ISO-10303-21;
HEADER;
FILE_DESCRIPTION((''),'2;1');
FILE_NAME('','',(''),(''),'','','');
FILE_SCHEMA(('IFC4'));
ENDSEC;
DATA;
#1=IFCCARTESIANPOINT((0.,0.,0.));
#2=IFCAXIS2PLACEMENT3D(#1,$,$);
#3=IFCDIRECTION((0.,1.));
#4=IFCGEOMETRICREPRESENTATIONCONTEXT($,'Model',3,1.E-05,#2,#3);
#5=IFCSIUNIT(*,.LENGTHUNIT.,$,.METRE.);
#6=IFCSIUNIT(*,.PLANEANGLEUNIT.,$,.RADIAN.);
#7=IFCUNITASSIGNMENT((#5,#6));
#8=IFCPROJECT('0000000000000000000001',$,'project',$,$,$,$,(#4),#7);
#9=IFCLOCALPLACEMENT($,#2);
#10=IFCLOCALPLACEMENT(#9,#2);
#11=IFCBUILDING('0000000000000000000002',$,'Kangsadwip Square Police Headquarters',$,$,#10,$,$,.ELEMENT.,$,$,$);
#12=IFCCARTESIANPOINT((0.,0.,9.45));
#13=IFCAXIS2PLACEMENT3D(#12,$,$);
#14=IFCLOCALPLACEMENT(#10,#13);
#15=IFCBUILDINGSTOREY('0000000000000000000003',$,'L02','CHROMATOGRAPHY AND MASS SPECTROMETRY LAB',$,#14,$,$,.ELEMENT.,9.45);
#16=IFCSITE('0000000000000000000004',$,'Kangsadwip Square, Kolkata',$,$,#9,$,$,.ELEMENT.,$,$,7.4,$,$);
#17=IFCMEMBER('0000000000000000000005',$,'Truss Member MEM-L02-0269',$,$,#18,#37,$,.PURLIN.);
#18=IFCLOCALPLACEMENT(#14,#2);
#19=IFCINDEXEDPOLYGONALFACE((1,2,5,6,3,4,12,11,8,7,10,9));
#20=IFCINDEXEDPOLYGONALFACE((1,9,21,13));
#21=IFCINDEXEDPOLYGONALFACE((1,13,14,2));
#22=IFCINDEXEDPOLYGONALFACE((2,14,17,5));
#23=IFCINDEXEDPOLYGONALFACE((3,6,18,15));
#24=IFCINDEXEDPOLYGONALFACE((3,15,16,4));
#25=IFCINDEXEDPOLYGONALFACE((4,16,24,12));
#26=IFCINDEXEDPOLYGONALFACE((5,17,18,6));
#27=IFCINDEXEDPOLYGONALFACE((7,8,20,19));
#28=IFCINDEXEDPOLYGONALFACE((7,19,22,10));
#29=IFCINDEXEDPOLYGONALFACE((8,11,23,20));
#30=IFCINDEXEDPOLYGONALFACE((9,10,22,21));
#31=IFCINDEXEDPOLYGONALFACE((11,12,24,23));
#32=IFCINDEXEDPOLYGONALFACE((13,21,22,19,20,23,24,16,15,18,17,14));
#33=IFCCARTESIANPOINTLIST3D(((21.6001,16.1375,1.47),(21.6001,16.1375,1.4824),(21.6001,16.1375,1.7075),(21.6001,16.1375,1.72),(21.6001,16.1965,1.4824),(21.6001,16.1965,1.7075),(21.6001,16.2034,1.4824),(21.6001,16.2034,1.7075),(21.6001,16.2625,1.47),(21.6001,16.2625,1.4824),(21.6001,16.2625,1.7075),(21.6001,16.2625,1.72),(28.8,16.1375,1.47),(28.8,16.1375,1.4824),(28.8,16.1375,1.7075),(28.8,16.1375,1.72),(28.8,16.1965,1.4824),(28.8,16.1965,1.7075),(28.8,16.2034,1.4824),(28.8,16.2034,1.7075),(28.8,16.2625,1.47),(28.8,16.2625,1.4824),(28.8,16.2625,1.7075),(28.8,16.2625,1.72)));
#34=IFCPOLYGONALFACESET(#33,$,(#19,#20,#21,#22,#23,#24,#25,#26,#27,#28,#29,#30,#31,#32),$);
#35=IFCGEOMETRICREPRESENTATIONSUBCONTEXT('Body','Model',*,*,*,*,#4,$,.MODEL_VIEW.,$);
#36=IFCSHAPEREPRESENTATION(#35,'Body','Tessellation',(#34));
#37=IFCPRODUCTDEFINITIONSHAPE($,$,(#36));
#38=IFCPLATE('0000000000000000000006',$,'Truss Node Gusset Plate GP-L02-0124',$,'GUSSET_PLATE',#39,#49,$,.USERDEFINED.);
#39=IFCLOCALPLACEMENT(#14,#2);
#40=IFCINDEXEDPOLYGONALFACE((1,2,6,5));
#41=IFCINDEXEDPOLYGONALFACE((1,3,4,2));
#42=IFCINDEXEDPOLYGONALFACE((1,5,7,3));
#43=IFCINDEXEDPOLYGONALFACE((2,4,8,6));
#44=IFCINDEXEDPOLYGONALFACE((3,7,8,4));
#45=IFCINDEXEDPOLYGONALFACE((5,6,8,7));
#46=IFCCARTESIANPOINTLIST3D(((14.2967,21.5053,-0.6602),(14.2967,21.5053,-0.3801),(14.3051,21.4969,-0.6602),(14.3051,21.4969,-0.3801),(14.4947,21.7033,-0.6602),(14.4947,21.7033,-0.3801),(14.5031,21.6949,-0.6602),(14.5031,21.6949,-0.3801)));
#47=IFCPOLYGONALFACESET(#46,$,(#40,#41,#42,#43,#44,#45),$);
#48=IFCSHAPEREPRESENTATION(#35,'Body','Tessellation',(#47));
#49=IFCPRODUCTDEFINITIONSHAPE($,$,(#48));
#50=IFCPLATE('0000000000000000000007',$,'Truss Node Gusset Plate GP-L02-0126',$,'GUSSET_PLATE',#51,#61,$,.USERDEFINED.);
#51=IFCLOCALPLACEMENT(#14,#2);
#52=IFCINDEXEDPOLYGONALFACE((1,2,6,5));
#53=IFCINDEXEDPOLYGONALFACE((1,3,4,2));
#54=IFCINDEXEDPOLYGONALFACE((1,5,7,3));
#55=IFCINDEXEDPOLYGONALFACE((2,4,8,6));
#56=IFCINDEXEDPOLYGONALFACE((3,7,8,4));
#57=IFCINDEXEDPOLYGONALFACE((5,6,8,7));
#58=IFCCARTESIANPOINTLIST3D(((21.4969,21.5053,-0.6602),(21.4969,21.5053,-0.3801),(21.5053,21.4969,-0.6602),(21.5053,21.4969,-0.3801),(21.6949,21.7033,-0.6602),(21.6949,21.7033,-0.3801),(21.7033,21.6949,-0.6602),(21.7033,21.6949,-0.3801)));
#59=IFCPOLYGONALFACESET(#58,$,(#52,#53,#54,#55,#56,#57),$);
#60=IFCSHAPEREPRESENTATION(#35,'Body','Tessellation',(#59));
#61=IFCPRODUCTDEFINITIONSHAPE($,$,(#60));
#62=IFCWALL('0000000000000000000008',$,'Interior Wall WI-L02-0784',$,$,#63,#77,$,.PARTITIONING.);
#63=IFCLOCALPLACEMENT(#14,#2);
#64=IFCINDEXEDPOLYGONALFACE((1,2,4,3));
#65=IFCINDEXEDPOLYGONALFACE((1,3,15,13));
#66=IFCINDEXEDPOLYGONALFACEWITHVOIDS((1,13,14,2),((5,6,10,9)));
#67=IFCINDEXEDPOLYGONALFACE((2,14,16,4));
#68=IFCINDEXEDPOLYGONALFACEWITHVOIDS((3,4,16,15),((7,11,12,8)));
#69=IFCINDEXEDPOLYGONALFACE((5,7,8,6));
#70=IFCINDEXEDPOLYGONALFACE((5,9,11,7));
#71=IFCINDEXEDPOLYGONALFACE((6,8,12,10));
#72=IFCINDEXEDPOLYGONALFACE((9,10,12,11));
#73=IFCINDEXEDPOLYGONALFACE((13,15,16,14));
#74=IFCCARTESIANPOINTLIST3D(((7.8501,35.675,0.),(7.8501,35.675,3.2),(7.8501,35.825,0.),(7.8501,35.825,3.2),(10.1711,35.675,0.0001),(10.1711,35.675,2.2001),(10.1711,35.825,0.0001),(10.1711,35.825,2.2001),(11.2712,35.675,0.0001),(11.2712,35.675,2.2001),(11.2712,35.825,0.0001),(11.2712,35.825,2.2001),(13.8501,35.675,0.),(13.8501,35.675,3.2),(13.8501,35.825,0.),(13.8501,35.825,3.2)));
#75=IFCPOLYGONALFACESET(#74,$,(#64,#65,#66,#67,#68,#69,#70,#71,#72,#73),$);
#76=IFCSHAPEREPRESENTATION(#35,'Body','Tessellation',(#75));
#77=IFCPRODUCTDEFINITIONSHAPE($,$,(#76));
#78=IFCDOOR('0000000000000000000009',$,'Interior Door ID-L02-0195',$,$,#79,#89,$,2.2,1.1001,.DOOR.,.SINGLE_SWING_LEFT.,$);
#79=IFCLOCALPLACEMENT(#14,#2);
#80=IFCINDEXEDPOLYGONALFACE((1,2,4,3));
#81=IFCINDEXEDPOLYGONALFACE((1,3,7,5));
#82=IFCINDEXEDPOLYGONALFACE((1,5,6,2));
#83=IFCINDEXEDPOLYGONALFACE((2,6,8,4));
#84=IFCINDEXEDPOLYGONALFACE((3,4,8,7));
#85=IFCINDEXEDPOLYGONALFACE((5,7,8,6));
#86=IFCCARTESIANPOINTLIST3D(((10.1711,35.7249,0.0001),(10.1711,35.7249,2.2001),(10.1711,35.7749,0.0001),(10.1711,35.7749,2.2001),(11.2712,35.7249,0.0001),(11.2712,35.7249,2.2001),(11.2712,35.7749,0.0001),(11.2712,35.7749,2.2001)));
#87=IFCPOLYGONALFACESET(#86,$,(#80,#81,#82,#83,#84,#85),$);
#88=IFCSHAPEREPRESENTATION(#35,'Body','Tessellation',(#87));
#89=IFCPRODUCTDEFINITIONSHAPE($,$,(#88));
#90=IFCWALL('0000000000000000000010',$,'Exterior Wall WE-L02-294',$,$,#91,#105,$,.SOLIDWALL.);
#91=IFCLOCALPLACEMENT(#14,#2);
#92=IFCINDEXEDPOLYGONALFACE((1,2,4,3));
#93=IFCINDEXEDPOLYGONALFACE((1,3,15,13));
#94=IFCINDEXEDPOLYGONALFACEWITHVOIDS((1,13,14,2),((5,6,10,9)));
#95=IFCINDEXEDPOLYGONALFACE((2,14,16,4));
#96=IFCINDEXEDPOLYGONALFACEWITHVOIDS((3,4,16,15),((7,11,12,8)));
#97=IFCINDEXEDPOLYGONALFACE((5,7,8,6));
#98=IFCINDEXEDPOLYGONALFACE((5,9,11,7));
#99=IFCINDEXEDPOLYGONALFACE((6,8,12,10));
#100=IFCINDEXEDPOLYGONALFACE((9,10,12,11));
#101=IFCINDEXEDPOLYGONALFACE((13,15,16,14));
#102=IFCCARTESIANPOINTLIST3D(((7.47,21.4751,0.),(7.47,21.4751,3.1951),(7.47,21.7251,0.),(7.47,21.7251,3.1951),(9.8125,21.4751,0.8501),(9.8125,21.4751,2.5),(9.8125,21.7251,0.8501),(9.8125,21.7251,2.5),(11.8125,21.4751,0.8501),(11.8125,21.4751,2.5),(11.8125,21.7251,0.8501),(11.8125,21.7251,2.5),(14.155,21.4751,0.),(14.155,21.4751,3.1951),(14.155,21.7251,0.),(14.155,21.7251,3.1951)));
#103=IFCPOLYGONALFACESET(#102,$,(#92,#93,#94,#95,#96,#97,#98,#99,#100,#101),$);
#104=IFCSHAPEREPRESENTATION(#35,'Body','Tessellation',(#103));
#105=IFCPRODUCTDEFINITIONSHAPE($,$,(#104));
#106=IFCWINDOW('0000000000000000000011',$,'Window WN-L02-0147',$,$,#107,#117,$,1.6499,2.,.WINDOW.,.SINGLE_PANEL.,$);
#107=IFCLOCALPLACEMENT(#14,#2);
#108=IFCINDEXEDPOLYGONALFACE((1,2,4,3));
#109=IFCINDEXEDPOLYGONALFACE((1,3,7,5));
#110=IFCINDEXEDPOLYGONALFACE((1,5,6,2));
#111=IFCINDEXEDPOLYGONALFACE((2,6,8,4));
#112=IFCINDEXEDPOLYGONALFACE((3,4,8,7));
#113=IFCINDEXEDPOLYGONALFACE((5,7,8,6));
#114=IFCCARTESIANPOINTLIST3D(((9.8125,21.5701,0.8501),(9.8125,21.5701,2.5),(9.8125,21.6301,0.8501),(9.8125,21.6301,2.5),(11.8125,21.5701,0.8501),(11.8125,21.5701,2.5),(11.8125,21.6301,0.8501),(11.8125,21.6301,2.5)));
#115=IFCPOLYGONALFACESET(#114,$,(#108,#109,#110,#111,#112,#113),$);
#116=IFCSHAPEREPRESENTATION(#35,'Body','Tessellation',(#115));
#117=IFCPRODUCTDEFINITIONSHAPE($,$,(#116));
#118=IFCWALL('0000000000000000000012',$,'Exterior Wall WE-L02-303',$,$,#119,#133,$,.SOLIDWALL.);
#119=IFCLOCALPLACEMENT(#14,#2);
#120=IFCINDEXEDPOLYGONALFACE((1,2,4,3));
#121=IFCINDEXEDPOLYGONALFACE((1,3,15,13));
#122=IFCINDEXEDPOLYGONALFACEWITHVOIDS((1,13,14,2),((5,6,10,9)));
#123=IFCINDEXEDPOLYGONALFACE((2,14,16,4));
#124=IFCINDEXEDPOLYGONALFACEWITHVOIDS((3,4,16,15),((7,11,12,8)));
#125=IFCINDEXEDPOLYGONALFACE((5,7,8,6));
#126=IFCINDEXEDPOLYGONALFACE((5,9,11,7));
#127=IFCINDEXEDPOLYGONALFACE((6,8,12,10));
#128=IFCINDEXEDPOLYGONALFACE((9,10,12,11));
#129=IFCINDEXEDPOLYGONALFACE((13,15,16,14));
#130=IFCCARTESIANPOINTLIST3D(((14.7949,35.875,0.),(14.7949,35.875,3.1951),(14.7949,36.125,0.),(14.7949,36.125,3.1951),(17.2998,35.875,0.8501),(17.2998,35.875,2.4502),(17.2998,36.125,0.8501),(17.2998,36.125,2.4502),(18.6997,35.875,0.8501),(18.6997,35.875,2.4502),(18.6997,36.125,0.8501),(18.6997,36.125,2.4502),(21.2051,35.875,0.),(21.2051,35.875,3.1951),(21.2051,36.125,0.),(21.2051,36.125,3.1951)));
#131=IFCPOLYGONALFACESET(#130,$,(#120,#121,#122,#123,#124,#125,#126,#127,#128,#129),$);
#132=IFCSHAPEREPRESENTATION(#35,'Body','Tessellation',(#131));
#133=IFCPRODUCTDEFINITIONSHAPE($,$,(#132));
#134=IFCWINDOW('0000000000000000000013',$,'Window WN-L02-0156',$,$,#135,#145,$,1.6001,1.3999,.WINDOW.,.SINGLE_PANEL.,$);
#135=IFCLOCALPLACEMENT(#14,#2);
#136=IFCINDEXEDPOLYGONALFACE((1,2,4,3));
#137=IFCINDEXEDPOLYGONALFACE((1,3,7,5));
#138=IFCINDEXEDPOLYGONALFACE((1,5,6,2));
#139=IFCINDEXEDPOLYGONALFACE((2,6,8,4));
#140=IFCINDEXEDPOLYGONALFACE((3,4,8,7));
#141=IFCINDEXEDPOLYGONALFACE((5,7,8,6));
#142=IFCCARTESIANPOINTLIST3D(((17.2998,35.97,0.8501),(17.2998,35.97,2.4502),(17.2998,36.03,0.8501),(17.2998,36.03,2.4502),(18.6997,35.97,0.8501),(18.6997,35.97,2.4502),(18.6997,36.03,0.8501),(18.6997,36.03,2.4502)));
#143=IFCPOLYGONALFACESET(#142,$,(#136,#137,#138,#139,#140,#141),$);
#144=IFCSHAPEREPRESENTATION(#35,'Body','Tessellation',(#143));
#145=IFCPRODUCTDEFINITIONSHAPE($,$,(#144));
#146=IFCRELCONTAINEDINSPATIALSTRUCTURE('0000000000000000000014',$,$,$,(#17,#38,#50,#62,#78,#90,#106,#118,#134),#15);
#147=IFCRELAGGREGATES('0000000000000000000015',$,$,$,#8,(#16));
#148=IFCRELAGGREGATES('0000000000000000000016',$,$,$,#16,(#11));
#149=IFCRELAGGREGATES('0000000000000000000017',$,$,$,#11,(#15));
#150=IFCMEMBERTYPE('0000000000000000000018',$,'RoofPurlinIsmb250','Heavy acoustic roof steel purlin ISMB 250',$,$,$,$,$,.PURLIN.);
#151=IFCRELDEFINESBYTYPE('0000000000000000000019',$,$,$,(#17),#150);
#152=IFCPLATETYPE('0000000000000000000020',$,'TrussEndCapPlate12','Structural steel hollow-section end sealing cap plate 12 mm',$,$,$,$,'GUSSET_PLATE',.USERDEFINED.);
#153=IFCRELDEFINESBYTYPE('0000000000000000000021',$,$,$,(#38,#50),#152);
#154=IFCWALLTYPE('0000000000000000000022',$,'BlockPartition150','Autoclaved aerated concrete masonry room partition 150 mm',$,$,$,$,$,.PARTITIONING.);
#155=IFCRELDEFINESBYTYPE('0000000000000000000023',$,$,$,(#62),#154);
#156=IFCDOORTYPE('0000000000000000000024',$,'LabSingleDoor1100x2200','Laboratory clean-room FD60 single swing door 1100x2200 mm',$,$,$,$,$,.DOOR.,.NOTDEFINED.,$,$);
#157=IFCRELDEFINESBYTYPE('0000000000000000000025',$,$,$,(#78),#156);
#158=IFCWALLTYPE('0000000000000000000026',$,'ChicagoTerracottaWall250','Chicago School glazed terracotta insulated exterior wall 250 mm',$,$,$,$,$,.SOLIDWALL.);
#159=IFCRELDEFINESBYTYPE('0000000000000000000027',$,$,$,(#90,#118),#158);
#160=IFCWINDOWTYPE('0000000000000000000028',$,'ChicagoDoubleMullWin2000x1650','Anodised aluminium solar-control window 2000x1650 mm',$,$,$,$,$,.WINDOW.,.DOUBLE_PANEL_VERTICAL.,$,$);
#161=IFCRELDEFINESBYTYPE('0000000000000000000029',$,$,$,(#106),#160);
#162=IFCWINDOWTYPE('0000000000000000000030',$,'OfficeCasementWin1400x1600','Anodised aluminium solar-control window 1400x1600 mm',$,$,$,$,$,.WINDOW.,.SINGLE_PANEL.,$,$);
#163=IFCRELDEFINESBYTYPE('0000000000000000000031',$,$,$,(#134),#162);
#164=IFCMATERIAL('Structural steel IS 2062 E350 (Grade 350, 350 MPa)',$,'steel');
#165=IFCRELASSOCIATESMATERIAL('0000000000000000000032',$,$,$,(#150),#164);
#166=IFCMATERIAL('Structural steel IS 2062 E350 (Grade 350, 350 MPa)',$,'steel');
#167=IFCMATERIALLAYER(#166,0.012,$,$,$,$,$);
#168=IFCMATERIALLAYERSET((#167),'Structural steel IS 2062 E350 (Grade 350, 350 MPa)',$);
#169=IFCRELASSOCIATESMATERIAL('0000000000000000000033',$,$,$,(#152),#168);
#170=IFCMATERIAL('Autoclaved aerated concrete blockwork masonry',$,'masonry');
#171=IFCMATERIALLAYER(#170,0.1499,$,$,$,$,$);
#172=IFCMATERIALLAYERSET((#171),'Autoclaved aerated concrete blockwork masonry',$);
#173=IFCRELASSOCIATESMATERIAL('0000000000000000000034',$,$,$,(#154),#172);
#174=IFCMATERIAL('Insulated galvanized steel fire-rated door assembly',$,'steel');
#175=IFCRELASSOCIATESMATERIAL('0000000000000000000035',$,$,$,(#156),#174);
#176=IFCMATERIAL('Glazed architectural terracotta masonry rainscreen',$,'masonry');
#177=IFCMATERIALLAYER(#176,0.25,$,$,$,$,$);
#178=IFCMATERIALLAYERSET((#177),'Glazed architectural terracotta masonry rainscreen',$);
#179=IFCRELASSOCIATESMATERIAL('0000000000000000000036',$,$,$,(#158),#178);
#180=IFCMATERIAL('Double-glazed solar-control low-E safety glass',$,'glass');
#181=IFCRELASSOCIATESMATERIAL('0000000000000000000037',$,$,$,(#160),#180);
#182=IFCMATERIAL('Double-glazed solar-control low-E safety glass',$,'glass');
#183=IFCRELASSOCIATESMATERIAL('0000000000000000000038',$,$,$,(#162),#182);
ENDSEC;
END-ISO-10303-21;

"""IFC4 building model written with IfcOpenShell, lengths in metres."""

from ifc_helpers import new_model, si_unit, direction, frame, frame_2d, origin, origin_2d, place, context, subcontext, project, spatial, rectangle, i_section, extrude, material, layer, layer_set, material_profile, profile_set, type_object, element, fill, save


model = new_model("IFC4")

# Units and contexts
model_context = context("Model", 3, precision=1e-05, world=origin(), true_north=direction((0.0, 1.0)))
body_context = subcontext(model_context, "Body", "Model", "MODEL_VIEW")
ifc_project = project(units=[si_unit("LENGTHUNIT", "METRE"), si_unit("PLANEANGLEUNIT", "RADIAN")], contexts=[model_context])

# Site, building, storey
site_placement = place(None, origin())
site = spatial("IfcSite", under=ifc_project, at=site_placement, Name="Kangsadwip Square, Kolkata", CompositionType="ELEMENT", RefElevation=7.4)
building_placement = place(site_placement, origin())
building = spatial("IfcBuilding", under=site, at=building_placement, Name="Kangsadwip Square Police Headquarters", CompositionType="ELEMENT")
storey_placement = place(building_placement, frame((0.0, 0.0, 9.45)))
storey = spatial("IfcBuildingStorey", under=building, at=storey_placement, Name="L02", Description="CHROMATOGRAPHY AND MASS SPECTROMETRY LAB", CompositionType="ELEMENT", Elevation=9.45)

# Member
ifc_material_1 = material(Name="Structural steel IS 2062 E350 (Grade 350, 350 MPa)", Category="steel")
ifc_material_profile_1 = material_profile(ifc_material_1, i_section(OverallWidth=0.125, OverallDepth=0.25, WebThickness=0.0068, FlangeThickness=0.0125, at=origin_2d()), Name="ISMB 250")
ifc_profile_set_1 = profile_set([ifc_material_profile_1], Name="Structural steel IS 2062 E350 (Grade 350, 350 MPa)")
member_type = type_object("IfcMemberType", Name="RoofPurlinIsmb250", Description="Heavy acoustic roof steel purlin ISMB 250", PredefinedType="PURLIN", material=ifc_profile_set_1)
member_1_placement = place(storey_placement, frame((21.6001, 16.2, 1.595), z_axis=(1.0, 0.0, 0.0), x_axis=(0.0, 1.0, 0.0)))
element("IfcMember", 1, at=member_1_placement, inside=storey, type_object=member_type, Name="Truss Member MEM-L02-0269", PredefinedType="PURLIN", context=body_context, shape_type="SweptSolid", body=[
    extrude(i_section(OverallWidth=0.125, OverallDepth=0.25, WebThickness=0.0068, FlangeThickness=0.0125, at=origin_2d()), origin(), (0.0, 0.0, 1.0), 7.2),
])

# Plates
ifc_material_2 = material(Name="Structural steel IS 2062 E350 (Grade 350, 350 MPa)", Category="steel")
ifc_layer_1 = layer(ifc_material_2, 0.012)
ifc_layer_set_1 = layer_set([ifc_layer_1], Name="Structural steel IS 2062 E350 (Grade 350, 350 MPa)")
plate_type = type_object("IfcPlateType", Name="TrussEndCapPlate12", Description="Structural steel hollow-section end sealing cap plate 12 mm", ElementType="GUSSET_PLATE", PredefinedType="USERDEFINED", material=ifc_layer_set_1)
for number, where, z_axis, x_axis, name in (
    (2, (14.3999, 21.6001, -0.6602), (0.0, 0.0, 1.0), (0.707107, 0.707107, 0.0), "Truss Node Gusset Plate GP-L02-0124"),
    (3, (21.6001, 21.6001, -0.6602), (0.0, 0.0, 1.0), (0.707107, 0.707107, 0.0), "Truss Node Gusset Plate GP-L02-0126"),
):
    element("IfcPlate", number, at=place(storey_placement, frame(where, z_axis=z_axis, x_axis=x_axis)), inside=storey, type_object=plate_type, Name=name, ObjectType="GUSSET_PLATE", PredefinedType="USERDEFINED", context=body_context, shape_type="SweptSolid", body=[
        extrude(rectangle(XDim=0.28, YDim=0.012, at=origin_2d()), origin(), (0.0, 0.0, 1.0), 0.28),
    ])

# Wall, opening, door
ifc_material_3 = material(Name="Autoclaved aerated concrete blockwork masonry", Category="masonry")
ifc_layer_2 = layer(ifc_material_3, 0.1499)
ifc_layer_set_2 = layer_set([ifc_layer_2], Name="Autoclaved aerated concrete blockwork masonry")
wall_type_1 = type_object("IfcWallType", Name="BlockPartition150", Description="Autoclaved aerated concrete masonry room partition 150 mm", PredefinedType="PARTITIONING", material=ifc_layer_set_2)
wall_1_placement = place(storey_placement, frame((7.8501, 35.75, 0.0), z_axis=(0.0, 0.0, 1.0), x_axis=(1.0, 0.0, 0.0)))
wall_1 = element("IfcWall", 4, at=wall_1_placement, inside=storey, type_object=wall_type_1, Name="Interior Wall WI-L02-0784", PredefinedType="PARTITIONING", context=body_context, shape_type="SweptSolid", body=[
    extrude(rectangle(XDim=6.0, YDim=0.1499, at=frame_2d((3.0, 0.0))), origin(), (0.0, 0.0, 1.0), 3.2),
])
opening_1_placement = place(wall_1_placement, frame((2.321, 0.0, 0.0)))
opening_1 = element("IfcOpeningElement", 5, at=opening_1_placement, cuts=wall_1, PredefinedType="OPENING", context=body_context, shape_type="SweptSolid", body=[
    extrude(rectangle(XDim=1.1001, YDim=2.2, at=frame_2d((0.55, 1.1001))), frame((0.0, 0.085, 0.0), z_axis=(0.0, -1.0, 0.0), x_axis=(1.0, 0.0, 0.0)), (0.0, 0.0, 1.0), 0.1699),
])
ifc_material_4 = material(Name="Insulated galvanized steel fire-rated door assembly", Category="steel")
door_type = type_object("IfcDoorType", Name="LabSingleDoor1100x2200", Description="Laboratory clean-room FD60 single swing door 1100x2200 mm", OperationType="NOTDEFINED", PredefinedType="DOOR", material=ifc_material_4)
door_placement = place(opening_1_placement, origin())
door = element("IfcDoor", 6, at=door_placement, inside=storey, type_object=door_type, Name="Interior Door ID-L02-0195", OperationType="SINGLE_SWING_LEFT", OverallHeight=2.2, OverallWidth=1.1001, PredefinedType="DOOR", context=body_context, shape_type="SweptSolid", body=[
    extrude(rectangle(XDim=1.1001, YDim=2.2, at=frame_2d((0.55, 1.1001))), frame((0.0, 0.0249, 0.0), z_axis=(0.0, -1.0, 0.0), x_axis=(1.0, 0.0, 0.0)), (0.0, 0.0, 1.0), 0.05),
])
fill(opening_1, door)

# Walls, openings, windows
ifc_material_5 = material(Name="Glazed architectural terracotta masonry rainscreen", Category="masonry")
ifc_layer_3 = layer(ifc_material_5, 0.25)
ifc_layer_set_3 = layer_set([ifc_layer_3], Name="Glazed architectural terracotta masonry rainscreen")
wall_type_2 = type_object("IfcWallType", Name="ChicagoTerracottaWall250", Description="Chicago School glazed terracotta insulated exterior wall 250 mm", PredefinedType="SOLIDWALL", material=ifc_layer_set_3)
wall_2_placement = place(storey_placement, frame((7.47, 21.6001, 0.0), z_axis=(0.0, 0.0, 1.0), x_axis=(1.0, 0.0, 0.0)))
wall_2 = element("IfcWall", 7, at=wall_2_placement, inside=storey, type_object=wall_type_2, Name="Exterior Wall WE-L02-294", PredefinedType="SOLIDWALL", context=body_context, shape_type="SweptSolid", body=[
    extrude(rectangle(XDim=6.6851, YDim=0.25, at=frame_2d((3.3425, 0.0))), origin(), (0.0, 0.0, 1.0), 3.1951),
])
opening_2_placement = place(wall_2_placement, frame((2.3425, 0.0, 0.8501)))
opening_2 = element("IfcOpeningElement", 8, at=opening_2_placement, cuts=wall_2, PredefinedType="OPENING", context=body_context, shape_type="SweptSolid", body=[
    extrude(rectangle(XDim=2.0, YDim=1.6499, at=frame_2d((1.0, 0.825))), frame((0.0, 0.135, 0.0), z_axis=(0.0, -1.0, 0.0), x_axis=(1.0, 0.0, 0.0)), (0.0, 0.0, 1.0), 0.27),
])
ifc_material_6 = material(Name="Double-glazed solar-control low-E safety glass", Category="glass")
window_type_1 = type_object("IfcWindowType", Name="ChicagoDoubleMullWin2000x1650", Description="Anodised aluminium solar-control window 2000x1650 mm", PartitioningType="DOUBLE_PANEL_VERTICAL", PredefinedType="WINDOW", material=ifc_material_6)
window_1_placement = place(opening_2_placement, origin())
window_1 = element("IfcWindow", 9, at=window_1_placement, inside=storey, type_object=window_type_1, Name="Window WN-L02-0147", OverallHeight=1.6499, OverallWidth=2.0, PartitioningType="SINGLE_PANEL", PredefinedType="WINDOW", context=body_context, shape_type="SweptSolid", body=[
    extrude(rectangle(XDim=2.0, YDim=1.6499, at=frame_2d((1.0, 0.825))), frame((0.0, 0.03, 0.0), z_axis=(0.0, -1.0, 0.0), x_axis=(1.0, 0.0, 0.0)), (0.0, 0.0, 1.0), 0.0601),
])
fill(opening_2, window_1)
wall_3_placement = place(storey_placement, frame((14.7949, 36.0, 0.0), z_axis=(0.0, 0.0, 1.0), x_axis=(1.0, 0.0, 0.0)))
wall_3 = element("IfcWall", 10, at=wall_3_placement, inside=storey, type_object=wall_type_2, Name="Exterior Wall WE-L02-303", PredefinedType="SOLIDWALL", context=body_context, shape_type="SweptSolid", body=[
    extrude(rectangle(XDim=6.4102, YDim=0.25, at=frame_2d((3.2051, 0.0))), origin(), (0.0, 0.0, 1.0), 3.1951),
])
opening_3_placement = place(wall_3_placement, frame((2.5049, 0.0, 0.8501)))
opening_3 = element("IfcOpeningElement", 11, at=opening_3_placement, cuts=wall_3, PredefinedType="OPENING", context=body_context, shape_type="SweptSolid", body=[
    extrude(rectangle(XDim=1.3999, YDim=1.6001, at=frame_2d((0.7, 0.8))), frame((0.0, 0.135, 0.0), z_axis=(0.0, -1.0, 0.0), x_axis=(1.0, 0.0, 0.0)), (0.0, 0.0, 1.0), 0.27),
])
ifc_material_7 = material(Name="Double-glazed solar-control low-E safety glass", Category="glass")
window_type_2 = type_object("IfcWindowType", Name="OfficeCasementWin1400x1600", Description="Anodised aluminium solar-control window 1400x1600 mm", PartitioningType="SINGLE_PANEL", PredefinedType="WINDOW", material=ifc_material_7)
window_2_placement = place(opening_3_placement, origin())
window_2 = element("IfcWindow", 12, at=window_2_placement, inside=storey, type_object=window_type_2, Name="Window WN-L02-0156", OverallHeight=1.6001, OverallWidth=1.3999, PartitioningType="SINGLE_PANEL", PredefinedType="WINDOW", context=body_context, shape_type="SweptSolid", body=[
    extrude(rectangle(XDim=1.3999, YDim=1.6001, at=frame_2d((0.7, 0.8))), frame((0.0, 0.03, 0.0), z_axis=(0.0, -1.0, 0.0), x_axis=(1.0, 0.0, 0.0)), (0.0, 0.0, 1.0), 0.0601),
])
fill(opening_3, window_2)

save(model, "model.ifc")
